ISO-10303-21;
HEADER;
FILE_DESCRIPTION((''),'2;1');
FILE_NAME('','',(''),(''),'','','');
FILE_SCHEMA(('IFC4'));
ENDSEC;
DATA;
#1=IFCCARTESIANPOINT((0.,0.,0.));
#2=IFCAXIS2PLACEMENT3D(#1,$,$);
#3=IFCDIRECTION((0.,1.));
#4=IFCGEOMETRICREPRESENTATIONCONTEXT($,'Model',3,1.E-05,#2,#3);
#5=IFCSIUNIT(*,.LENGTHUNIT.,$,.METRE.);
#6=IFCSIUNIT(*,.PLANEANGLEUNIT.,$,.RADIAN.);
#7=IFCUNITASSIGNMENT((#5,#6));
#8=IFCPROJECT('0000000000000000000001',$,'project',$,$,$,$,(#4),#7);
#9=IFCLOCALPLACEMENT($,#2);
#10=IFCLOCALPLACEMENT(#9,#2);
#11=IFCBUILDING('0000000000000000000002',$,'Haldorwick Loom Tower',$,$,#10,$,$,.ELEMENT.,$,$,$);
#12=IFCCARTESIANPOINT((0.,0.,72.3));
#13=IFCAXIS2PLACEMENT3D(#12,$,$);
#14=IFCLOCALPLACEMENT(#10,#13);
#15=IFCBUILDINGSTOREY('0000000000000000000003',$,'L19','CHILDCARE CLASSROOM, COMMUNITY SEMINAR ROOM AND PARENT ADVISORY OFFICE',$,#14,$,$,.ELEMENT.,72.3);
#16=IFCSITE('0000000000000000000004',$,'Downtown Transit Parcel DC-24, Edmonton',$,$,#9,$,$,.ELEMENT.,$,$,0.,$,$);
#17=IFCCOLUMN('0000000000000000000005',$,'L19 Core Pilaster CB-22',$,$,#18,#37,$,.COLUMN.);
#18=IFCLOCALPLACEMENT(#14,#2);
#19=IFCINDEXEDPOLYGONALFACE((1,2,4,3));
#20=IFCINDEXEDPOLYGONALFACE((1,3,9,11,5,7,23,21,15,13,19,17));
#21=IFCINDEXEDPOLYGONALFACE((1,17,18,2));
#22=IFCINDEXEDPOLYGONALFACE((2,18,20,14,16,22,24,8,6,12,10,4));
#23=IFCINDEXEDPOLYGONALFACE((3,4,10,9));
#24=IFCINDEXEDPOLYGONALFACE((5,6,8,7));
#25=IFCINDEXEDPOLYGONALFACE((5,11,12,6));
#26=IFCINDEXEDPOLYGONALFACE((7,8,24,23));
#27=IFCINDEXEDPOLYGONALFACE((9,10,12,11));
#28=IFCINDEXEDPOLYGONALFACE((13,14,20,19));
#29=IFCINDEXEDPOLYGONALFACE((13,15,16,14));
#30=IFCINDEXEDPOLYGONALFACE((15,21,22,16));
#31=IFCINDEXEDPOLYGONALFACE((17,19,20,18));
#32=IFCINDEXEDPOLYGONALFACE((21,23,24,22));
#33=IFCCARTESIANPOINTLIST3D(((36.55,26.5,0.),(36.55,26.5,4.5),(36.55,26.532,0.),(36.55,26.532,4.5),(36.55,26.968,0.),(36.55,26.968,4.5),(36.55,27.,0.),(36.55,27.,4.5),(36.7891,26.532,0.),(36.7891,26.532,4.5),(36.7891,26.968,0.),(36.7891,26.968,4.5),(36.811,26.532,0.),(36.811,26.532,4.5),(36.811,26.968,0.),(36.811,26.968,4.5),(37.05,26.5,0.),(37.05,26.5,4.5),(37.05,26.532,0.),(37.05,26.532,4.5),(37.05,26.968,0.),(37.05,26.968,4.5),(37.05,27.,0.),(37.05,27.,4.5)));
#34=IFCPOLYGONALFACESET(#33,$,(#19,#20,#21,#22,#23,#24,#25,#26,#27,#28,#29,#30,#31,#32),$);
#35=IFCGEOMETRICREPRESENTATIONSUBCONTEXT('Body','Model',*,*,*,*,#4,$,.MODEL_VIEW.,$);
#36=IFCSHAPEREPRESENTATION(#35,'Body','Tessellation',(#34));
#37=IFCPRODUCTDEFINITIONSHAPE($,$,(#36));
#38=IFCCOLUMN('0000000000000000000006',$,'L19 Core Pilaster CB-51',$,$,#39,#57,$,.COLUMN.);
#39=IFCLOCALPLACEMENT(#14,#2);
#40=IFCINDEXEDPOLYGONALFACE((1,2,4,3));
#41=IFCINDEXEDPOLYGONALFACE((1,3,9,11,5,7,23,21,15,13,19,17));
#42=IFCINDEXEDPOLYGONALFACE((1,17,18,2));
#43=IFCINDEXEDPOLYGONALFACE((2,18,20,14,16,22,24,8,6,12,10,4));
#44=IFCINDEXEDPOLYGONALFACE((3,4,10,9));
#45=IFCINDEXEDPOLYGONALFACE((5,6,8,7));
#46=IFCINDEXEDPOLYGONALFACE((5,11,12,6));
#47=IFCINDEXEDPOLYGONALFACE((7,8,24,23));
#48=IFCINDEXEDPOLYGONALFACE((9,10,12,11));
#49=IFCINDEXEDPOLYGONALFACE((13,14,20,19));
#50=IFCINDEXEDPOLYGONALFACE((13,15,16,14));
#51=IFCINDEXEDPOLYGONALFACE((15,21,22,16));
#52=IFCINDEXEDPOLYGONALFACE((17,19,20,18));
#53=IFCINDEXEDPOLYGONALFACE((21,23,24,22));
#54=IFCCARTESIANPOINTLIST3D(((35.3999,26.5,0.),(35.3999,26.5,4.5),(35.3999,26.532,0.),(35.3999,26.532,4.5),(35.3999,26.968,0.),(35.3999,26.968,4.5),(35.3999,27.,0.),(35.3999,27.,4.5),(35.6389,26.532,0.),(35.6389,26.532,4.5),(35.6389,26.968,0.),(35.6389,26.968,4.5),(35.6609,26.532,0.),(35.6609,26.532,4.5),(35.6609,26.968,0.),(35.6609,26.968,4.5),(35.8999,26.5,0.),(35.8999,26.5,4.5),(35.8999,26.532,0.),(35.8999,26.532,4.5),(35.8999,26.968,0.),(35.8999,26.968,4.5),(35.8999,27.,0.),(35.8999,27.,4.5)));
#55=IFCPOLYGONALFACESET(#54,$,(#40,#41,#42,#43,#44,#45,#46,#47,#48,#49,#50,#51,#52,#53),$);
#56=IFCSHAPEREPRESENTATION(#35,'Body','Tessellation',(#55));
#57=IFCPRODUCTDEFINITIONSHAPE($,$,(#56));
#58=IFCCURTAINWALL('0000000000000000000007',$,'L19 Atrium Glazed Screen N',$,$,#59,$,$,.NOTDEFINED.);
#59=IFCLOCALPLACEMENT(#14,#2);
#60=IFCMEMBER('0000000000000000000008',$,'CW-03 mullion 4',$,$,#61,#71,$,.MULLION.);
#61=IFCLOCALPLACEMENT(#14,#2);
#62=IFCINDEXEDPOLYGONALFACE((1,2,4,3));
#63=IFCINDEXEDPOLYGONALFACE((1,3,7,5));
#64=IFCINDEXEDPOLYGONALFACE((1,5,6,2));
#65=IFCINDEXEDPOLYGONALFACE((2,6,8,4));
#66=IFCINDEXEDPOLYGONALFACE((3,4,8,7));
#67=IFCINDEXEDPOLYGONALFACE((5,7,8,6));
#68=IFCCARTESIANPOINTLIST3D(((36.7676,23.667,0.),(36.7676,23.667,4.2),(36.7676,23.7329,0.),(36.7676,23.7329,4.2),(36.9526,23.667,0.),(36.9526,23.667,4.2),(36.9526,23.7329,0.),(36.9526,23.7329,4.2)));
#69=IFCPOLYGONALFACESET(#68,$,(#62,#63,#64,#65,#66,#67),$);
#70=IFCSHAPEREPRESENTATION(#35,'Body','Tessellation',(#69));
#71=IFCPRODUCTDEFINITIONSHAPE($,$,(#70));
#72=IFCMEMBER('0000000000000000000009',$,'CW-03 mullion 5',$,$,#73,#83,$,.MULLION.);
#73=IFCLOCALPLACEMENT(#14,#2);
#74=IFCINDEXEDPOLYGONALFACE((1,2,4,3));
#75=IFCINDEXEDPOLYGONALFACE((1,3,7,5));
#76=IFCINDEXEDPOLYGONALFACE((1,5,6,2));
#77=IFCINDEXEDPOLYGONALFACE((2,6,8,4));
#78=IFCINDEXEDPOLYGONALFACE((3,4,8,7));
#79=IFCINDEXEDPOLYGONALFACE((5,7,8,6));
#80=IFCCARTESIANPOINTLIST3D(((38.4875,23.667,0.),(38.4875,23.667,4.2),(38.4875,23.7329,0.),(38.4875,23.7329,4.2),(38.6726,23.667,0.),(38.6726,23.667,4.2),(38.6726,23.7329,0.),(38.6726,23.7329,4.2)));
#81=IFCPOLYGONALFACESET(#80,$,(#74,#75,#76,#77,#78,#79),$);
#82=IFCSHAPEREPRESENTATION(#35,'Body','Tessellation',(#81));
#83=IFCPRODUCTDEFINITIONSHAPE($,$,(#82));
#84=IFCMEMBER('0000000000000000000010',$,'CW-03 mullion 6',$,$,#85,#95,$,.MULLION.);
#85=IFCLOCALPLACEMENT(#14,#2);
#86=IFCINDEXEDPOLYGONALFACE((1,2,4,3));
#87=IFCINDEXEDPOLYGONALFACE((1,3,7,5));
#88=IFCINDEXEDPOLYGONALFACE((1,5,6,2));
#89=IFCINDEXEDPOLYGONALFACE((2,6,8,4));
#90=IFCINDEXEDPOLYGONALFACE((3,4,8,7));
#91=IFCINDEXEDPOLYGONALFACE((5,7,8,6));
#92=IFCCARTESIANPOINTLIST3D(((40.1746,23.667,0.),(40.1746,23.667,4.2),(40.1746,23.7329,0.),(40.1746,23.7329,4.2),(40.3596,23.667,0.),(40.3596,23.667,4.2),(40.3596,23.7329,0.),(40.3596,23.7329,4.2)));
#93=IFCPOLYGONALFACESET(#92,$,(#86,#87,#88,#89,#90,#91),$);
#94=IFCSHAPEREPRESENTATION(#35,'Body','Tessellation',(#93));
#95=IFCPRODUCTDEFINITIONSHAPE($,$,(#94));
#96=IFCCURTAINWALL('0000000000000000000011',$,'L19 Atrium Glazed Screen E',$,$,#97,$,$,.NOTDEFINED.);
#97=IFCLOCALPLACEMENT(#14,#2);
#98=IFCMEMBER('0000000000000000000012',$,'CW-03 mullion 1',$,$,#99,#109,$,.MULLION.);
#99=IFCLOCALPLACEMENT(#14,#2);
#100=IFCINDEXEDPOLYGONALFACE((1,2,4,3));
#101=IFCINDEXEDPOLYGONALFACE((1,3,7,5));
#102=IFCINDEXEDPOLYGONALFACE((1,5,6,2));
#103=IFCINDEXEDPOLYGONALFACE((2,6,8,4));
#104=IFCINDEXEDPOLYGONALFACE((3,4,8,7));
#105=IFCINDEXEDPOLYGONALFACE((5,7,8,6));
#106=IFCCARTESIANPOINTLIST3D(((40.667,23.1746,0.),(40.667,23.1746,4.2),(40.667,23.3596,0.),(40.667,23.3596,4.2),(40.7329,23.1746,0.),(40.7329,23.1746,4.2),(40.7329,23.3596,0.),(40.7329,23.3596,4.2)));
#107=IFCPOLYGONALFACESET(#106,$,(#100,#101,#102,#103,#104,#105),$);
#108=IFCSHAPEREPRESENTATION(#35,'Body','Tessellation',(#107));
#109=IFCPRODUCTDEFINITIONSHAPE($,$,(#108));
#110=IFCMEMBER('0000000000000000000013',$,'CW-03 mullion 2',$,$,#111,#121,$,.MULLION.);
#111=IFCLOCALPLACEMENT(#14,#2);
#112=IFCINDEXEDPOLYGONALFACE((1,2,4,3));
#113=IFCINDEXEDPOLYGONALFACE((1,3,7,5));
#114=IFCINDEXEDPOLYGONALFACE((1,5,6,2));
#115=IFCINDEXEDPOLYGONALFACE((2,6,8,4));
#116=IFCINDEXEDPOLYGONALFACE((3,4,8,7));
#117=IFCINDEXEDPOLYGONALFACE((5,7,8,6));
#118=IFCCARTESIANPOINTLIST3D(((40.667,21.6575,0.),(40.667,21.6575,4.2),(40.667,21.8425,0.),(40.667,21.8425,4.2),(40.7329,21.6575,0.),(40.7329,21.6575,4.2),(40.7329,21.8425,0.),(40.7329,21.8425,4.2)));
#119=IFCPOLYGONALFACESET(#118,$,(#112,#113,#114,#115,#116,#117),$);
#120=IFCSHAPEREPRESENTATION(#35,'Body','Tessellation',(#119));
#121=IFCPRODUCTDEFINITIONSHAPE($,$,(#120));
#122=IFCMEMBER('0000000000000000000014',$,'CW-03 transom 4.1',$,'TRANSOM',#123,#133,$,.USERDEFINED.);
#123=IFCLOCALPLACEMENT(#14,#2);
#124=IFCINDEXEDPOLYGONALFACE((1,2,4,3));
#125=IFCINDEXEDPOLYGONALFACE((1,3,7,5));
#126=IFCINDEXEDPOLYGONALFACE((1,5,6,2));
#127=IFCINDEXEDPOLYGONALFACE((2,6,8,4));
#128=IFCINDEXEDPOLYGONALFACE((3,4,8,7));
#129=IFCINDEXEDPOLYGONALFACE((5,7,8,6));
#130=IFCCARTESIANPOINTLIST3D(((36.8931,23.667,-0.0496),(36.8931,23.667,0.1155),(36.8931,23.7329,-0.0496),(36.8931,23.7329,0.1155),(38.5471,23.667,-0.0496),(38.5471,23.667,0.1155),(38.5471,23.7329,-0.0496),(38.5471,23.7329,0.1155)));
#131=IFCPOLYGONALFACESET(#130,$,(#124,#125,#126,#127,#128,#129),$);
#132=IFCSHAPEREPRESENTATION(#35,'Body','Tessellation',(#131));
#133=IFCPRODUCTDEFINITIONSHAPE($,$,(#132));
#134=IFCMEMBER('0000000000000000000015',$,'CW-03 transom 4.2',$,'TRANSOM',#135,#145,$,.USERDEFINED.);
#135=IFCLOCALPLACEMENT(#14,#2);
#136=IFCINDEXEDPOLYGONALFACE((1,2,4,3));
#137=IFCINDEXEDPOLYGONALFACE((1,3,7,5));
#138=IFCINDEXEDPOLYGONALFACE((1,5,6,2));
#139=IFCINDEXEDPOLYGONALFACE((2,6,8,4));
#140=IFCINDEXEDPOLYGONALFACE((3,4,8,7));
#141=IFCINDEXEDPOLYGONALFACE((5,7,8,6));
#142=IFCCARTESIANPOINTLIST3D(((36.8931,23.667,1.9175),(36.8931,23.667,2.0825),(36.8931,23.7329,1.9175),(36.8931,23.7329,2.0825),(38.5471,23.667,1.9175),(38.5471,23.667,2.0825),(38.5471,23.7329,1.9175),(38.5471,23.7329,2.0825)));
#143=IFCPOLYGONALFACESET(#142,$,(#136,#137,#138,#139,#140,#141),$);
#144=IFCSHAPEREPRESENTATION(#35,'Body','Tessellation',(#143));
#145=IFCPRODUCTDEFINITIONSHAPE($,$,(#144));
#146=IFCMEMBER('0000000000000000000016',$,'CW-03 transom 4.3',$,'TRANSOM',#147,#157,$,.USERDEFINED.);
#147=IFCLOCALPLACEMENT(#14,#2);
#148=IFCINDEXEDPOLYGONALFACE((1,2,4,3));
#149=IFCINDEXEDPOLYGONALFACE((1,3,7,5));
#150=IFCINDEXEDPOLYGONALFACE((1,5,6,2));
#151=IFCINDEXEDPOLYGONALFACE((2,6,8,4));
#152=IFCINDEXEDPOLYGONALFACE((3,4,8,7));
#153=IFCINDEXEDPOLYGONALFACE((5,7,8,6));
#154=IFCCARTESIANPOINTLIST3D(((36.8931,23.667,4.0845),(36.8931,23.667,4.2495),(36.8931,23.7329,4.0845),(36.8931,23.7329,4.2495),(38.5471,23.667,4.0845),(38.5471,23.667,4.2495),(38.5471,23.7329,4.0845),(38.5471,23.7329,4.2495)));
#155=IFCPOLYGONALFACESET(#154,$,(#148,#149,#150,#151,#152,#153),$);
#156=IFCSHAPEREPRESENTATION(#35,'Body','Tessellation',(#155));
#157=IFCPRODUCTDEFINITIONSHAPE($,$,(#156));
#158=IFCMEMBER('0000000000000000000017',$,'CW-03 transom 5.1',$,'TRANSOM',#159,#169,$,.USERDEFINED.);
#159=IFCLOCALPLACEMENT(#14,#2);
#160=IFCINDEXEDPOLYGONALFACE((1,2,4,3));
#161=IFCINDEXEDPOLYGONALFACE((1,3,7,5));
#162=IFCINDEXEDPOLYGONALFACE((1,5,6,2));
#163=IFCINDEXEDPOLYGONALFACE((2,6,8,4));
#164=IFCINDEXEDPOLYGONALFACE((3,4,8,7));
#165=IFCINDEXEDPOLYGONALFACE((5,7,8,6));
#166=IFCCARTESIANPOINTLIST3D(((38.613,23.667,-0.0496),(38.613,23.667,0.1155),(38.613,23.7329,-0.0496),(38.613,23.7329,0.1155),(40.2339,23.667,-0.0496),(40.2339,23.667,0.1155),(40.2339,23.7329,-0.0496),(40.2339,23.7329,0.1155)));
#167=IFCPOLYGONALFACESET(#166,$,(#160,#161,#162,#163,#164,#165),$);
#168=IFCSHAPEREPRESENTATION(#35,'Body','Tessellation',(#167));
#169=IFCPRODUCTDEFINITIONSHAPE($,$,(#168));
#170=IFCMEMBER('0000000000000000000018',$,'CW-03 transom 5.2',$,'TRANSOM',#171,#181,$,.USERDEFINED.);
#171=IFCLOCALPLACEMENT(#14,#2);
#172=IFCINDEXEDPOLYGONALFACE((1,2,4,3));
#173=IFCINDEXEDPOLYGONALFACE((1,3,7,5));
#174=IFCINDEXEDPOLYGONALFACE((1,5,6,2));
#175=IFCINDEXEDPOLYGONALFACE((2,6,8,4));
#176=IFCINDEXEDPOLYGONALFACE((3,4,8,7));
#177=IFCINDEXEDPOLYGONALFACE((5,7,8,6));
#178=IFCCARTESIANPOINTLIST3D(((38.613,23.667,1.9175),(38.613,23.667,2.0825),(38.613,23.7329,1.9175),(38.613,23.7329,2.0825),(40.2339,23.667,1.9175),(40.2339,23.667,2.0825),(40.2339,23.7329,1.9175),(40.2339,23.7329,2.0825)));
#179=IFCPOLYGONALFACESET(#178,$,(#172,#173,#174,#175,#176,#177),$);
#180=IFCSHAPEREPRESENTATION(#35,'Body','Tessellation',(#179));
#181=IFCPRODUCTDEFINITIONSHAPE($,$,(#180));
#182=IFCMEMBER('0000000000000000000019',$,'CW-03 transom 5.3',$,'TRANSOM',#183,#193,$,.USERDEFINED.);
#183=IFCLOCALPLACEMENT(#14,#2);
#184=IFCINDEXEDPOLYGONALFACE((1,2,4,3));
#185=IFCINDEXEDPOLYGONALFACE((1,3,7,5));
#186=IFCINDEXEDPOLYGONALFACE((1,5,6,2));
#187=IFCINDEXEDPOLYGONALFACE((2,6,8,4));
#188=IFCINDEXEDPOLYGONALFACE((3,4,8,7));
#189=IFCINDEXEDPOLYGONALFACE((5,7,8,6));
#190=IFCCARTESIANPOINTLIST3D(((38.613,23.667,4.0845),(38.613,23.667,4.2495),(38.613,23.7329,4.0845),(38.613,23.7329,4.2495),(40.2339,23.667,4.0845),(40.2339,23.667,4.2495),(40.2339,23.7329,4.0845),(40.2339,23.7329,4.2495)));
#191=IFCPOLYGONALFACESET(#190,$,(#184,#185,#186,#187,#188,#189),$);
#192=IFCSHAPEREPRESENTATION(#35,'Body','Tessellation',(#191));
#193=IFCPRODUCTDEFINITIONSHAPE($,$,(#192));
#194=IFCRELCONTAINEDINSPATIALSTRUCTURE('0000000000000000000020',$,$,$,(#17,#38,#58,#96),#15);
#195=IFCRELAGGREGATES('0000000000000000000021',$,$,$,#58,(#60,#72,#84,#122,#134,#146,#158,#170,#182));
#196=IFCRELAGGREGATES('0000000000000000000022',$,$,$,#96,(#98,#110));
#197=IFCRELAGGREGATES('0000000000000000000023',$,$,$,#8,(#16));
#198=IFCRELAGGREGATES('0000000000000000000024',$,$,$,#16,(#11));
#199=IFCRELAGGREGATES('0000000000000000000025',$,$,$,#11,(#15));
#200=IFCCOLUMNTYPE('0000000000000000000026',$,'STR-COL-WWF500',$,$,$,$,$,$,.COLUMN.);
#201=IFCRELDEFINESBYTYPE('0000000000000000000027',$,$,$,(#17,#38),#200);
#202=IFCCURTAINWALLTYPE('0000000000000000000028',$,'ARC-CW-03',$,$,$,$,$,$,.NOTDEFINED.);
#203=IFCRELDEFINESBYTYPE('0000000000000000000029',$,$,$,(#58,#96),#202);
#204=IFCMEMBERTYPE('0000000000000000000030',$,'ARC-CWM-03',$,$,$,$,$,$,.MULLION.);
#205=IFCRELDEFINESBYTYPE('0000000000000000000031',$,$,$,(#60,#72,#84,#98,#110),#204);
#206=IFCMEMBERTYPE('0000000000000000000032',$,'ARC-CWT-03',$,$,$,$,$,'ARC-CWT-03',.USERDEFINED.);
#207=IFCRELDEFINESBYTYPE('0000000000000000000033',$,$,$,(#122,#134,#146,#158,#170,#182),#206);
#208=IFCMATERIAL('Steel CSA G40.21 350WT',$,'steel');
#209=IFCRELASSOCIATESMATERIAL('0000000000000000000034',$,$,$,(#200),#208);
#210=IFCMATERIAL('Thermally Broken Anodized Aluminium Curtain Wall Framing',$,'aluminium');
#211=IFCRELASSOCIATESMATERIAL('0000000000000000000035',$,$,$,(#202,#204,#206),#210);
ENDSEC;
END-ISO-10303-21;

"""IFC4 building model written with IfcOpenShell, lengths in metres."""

from ifc_helpers import new_model, si_unit, direction, frame, origin, origin_2d, place, context, subcontext, project, spatial, rectangle, i_section, extrude, material, material_profile, profile_set, type_object, element, aggregate, save


model = new_model("IFC4")

# Units and contexts
model_context = context("Model", 3, precision=1e-05, world=origin(), true_north=direction((0.0, 1.0)))
body_context = subcontext(model_context, "Body", "Model", "MODEL_VIEW")
ifc_project = project(units=[si_unit("LENGTHUNIT", "METRE"), si_unit("PLANEANGLEUNIT", "RADIAN")], contexts=[model_context])

# Site, building, storey
site_placement = place(None, origin())
site = spatial("IfcSite", under=ifc_project, at=site_placement, Name="Downtown Transit Parcel DC-24, Edmonton", CompositionType="ELEMENT", RefElevation=0.0)
building_placement = place(site_placement, origin())
building = spatial("IfcBuilding", under=site, at=building_placement, Name="Haldorwick Loom Tower", CompositionType="ELEMENT")
storey_placement = place(building_placement, frame((0.0, 0.0, 72.3)))
storey = spatial("IfcBuildingStorey", under=building, at=storey_placement, Name="L19", Description="CHILDCARE CLASSROOM, COMMUNITY SEMINAR ROOM AND PARENT ADVISORY OFFICE", CompositionType="ELEMENT", Elevation=72.3)

# Columns
ifc_material_1 = material(Name="Steel CSA G40.21 350WT", Category="steel")
ifc_material_profile_1 = material_profile(ifc_material_1, i_section(OverallWidth=0.5, OverallDepth=0.5, WebThickness=0.022, FlangeThickness=0.032, at=origin_2d()), Name="WWF500X500", Category="steel")
ifc_profile_set_1 = profile_set([ifc_material_profile_1], Name="Steel CSA G40.21 350WT")
column_type = type_object("IfcColumnType", Name="STR-COL-WWF500", PredefinedType="COLUMN", material=ifc_profile_set_1)
for number, where, z_axis, x_axis, name in (
    (1, (36.8, 26.75, 0.0), (0.0, 0.0, 1.0), (1.0, 0.0, 0.0), "L19 Core Pilaster CB-22"),
    (2, (35.6499, 26.75, 0.0), (0.0, 0.0, 1.0), (1.0, 0.0, 0.0), "L19 Core Pilaster CB-51"),
):
    element("IfcColumn", number, at=place(storey_placement, frame(where, z_axis=z_axis, x_axis=x_axis)), inside=storey, type_object=column_type, Name=name, PredefinedType="COLUMN", context=body_context, shape_type="SweptSolid", body=[
        extrude(i_section(OverallWidth=0.5, OverallDepth=0.5, WebThickness=0.022, FlangeThickness=0.032, at=origin_2d()), origin(), (0.0, 0.0, 1.0), 4.5),
    ])

# Curtain walls, members
ifc_material_2 = material(Name="Thermally Broken Anodized Aluminium Curtain Wall Framing", Category="aluminium")
curtain_wall_type = type_object("IfcCurtainWallType", Name="ARC-CW-03", PredefinedType="NOTDEFINED", material=ifc_material_2)
curtain_wall_1_placement = place(storey_placement, origin())
curtain_wall_1 = element("IfcCurtainWall", 3, at=curtain_wall_1_placement, inside=storey, type_object=curtain_wall_type, Name="L19 Atrium Glazed Screen N", PredefinedType="NOTDEFINED")
ifc_material_profile_2 = material_profile(ifc_material_2, rectangle(XDim=0.0659, YDim=0.1851, at=origin_2d()), Name="ALU_MUL_66X185", Category="aluminium")
ifc_profile_set_2 = profile_set([ifc_material_profile_2], Name="Thermally Broken Anodized Aluminium Curtain Wall Framing")
member_type_1 = type_object("IfcMemberType", Name="ARC-CWM-03", PredefinedType="MULLION", material=ifc_profile_set_2)
member_1_placement = place(storey_placement, frame((36.8601, 23.7, 0.0), z_axis=(0.0, 0.0, 1.0), x_axis=(0.0, 1.0, 0.0)))
member_1 = element("IfcMember", 4, at=member_1_placement, type_object=member_type_1, Name="CW-03 mullion 4", PredefinedType="MULLION", context=body_context, shape_type="SweptSolid", body=[
    extrude(rectangle(XDim=0.0659, YDim=0.1851, at=origin_2d()), origin(), (0.0, 0.0, 1.0), 4.2),
])
member_2_placement = place(storey_placement, frame((38.5801, 23.7, 0.0), z_axis=(0.0, 0.0, 1.0), x_axis=(0.0, 1.0, 0.0)))
member_2 = element("IfcMember", 5, at=member_2_placement, type_object=member_type_1, Name="CW-03 mullion 5", PredefinedType="MULLION", context=body_context, shape_type="SweptSolid", body=[
    extrude(rectangle(XDim=0.0659, YDim=0.1851, at=origin_2d()), origin(), (0.0, 0.0, 1.0), 4.2),
])
member_3_placement = place(storey_placement, frame((40.2671, 23.7, 0.0), z_axis=(0.0, 0.0, 1.0), x_axis=(0.0, 1.0, 0.0)))
member_3 = element("IfcMember", 6, at=member_3_placement, type_object=member_type_1, Name="CW-03 mullion 6", PredefinedType="MULLION", context=body_context, shape_type="SweptSolid", body=[
    extrude(rectangle(XDim=0.0659, YDim=0.1851, at=origin_2d()), origin(), (0.0, 0.0, 1.0), 4.2),
])
curtain_wall_2_placement = place(storey_placement, origin())
curtain_wall_2 = element("IfcCurtainWall", 7, at=curtain_wall_2_placement, inside=storey, type_object=curtain_wall_type, Name="L19 Atrium Glazed Screen E", PredefinedType="NOTDEFINED")
member_4_placement = place(storey_placement, frame((40.7, 23.2671, 0.0), z_axis=(0.0, 0.0, 1.0), x_axis=(1.0, 0.0, 0.0)))
member_4 = element("IfcMember", 8, at=member_4_placement, type_object=member_type_1, Name="CW-03 mullion 1", PredefinedType="MULLION", context=body_context, shape_type="SweptSolid", body=[
    extrude(rectangle(XDim=0.0659, YDim=0.1851, at=origin_2d()), origin(), (0.0, 0.0, 1.0), 4.2),
])
member_5_placement = place(storey_placement, frame((40.7, 21.75, 0.0), z_axis=(0.0, 0.0, 1.0), x_axis=(1.0, 0.0, 0.0)))
member_5 = element("IfcMember", 9, at=member_5_placement, type_object=member_type_1, Name="CW-03 mullion 2", PredefinedType="MULLION", context=body_context, shape_type="SweptSolid", body=[
    extrude(rectangle(XDim=0.0659, YDim=0.1851, at=origin_2d()), origin(), (0.0, 0.0, 1.0), 4.2),
])

# Members
ifc_material_profile_3 = material_profile(ifc_material_2, rectangle(XDim=0.0659, YDim=0.165, at=origin_2d()), Name="ALU_TRN_66X165", Category="aluminium")
ifc_profile_set_3 = profile_set([ifc_material_profile_3], Name="Thermally Broken Anodized Aluminium Curtain Wall Framing")
member_type_2 = type_object("IfcMemberType", Name="ARC-CWT-03", ElementType="ARC-CWT-03", PredefinedType="USERDEFINED", material=ifc_profile_set_3)
member_6_placement = place(storey_placement, frame((36.8931, 23.7, 0.033), z_axis=(1.0, 0.0, 0.0), x_axis=(0.0, 1.0, 0.0)))
member_6 = element("IfcMember", 10, at=member_6_placement, type_object=member_type_2, Name="CW-03 transom 4.1", ObjectType="TRANSOM", PredefinedType="USERDEFINED", context=body_context, shape_type="SweptSolid", body=[
    extrude(rectangle(XDim=0.0659, YDim=0.165, at=origin_2d()), origin(), (0.0, 0.0, 1.0), 1.6541),
])
member_7_placement = place(storey_placement, frame((36.8931, 23.7, 2.0), z_axis=(1.0, 0.0, 0.0), x_axis=(0.0, 1.0, 0.0)))
member_7 = element("IfcMember", 11, at=member_7_placement, type_object=member_type_2, Name="CW-03 transom 4.2", ObjectType="TRANSOM", PredefinedType="USERDEFINED", context=body_context, shape_type="SweptSolid", body=[
    extrude(rectangle(XDim=0.0659, YDim=0.165, at=origin_2d()), origin(), (0.0, 0.0, 1.0), 1.6541),
])
member_8_placement = place(storey_placement, frame((36.8931, 23.7, 4.167), z_axis=(1.0, 0.0, 0.0), x_axis=(0.0, 1.0, 0.0)))
member_8 = element("IfcMember", 12, at=member_8_placement, type_object=member_type_2, Name="CW-03 transom 4.3", ObjectType="TRANSOM", PredefinedType="USERDEFINED", context=body_context, shape_type="SweptSolid", body=[
    extrude(rectangle(XDim=0.0659, YDim=0.165, at=origin_2d()), origin(), (0.0, 0.0, 1.0), 1.6541),
])
member_9_placement = place(storey_placement, frame((38.613, 23.7, 0.033), z_axis=(1.0, 0.0, 0.0), x_axis=(0.0, 1.0, 0.0)))
member_9 = element("IfcMember", 13, at=member_9_placement, type_object=member_type_2, Name="CW-03 transom 5.1", ObjectType="TRANSOM", PredefinedType="USERDEFINED", context=body_context, shape_type="SweptSolid", body=[
    extrude(rectangle(XDim=0.0659, YDim=0.165, at=origin_2d()), origin(), (0.0, 0.0, 1.0), 1.6208),
])
member_10_placement = place(storey_placement, frame((38.613, 23.7, 2.0), z_axis=(1.0, 0.0, 0.0), x_axis=(0.0, 1.0, 0.0)))
member_10 = element("IfcMember", 14, at=member_10_placement, type_object=member_type_2, Name="CW-03 transom 5.2", ObjectType="TRANSOM", PredefinedType="USERDEFINED", context=body_context, shape_type="SweptSolid", body=[
    extrude(rectangle(XDim=0.0659, YDim=0.165, at=origin_2d()), origin(), (0.0, 0.0, 1.0), 1.6208),
])
member_11_placement = place(storey_placement, frame((38.613, 23.7, 4.167), z_axis=(1.0, 0.0, 0.0), x_axis=(0.0, 1.0, 0.0)))
member_11 = element("IfcMember", 15, at=member_11_placement, type_object=member_type_2, Name="CW-03 transom 5.3", ObjectType="TRANSOM", PredefinedType="USERDEFINED", context=body_context, shape_type="SweptSolid", body=[
    extrude(rectangle(XDim=0.0659, YDim=0.165, at=origin_2d()), origin(), (0.0, 0.0, 1.0), 1.6208),
])

aggregate(curtain_wall_1, [member_1, member_2, member_3, member_6, member_7, member_8, member_9, member_10, member_11])
aggregate(curtain_wall_2, [member_4, member_5])

save(model, "model.ifc")
